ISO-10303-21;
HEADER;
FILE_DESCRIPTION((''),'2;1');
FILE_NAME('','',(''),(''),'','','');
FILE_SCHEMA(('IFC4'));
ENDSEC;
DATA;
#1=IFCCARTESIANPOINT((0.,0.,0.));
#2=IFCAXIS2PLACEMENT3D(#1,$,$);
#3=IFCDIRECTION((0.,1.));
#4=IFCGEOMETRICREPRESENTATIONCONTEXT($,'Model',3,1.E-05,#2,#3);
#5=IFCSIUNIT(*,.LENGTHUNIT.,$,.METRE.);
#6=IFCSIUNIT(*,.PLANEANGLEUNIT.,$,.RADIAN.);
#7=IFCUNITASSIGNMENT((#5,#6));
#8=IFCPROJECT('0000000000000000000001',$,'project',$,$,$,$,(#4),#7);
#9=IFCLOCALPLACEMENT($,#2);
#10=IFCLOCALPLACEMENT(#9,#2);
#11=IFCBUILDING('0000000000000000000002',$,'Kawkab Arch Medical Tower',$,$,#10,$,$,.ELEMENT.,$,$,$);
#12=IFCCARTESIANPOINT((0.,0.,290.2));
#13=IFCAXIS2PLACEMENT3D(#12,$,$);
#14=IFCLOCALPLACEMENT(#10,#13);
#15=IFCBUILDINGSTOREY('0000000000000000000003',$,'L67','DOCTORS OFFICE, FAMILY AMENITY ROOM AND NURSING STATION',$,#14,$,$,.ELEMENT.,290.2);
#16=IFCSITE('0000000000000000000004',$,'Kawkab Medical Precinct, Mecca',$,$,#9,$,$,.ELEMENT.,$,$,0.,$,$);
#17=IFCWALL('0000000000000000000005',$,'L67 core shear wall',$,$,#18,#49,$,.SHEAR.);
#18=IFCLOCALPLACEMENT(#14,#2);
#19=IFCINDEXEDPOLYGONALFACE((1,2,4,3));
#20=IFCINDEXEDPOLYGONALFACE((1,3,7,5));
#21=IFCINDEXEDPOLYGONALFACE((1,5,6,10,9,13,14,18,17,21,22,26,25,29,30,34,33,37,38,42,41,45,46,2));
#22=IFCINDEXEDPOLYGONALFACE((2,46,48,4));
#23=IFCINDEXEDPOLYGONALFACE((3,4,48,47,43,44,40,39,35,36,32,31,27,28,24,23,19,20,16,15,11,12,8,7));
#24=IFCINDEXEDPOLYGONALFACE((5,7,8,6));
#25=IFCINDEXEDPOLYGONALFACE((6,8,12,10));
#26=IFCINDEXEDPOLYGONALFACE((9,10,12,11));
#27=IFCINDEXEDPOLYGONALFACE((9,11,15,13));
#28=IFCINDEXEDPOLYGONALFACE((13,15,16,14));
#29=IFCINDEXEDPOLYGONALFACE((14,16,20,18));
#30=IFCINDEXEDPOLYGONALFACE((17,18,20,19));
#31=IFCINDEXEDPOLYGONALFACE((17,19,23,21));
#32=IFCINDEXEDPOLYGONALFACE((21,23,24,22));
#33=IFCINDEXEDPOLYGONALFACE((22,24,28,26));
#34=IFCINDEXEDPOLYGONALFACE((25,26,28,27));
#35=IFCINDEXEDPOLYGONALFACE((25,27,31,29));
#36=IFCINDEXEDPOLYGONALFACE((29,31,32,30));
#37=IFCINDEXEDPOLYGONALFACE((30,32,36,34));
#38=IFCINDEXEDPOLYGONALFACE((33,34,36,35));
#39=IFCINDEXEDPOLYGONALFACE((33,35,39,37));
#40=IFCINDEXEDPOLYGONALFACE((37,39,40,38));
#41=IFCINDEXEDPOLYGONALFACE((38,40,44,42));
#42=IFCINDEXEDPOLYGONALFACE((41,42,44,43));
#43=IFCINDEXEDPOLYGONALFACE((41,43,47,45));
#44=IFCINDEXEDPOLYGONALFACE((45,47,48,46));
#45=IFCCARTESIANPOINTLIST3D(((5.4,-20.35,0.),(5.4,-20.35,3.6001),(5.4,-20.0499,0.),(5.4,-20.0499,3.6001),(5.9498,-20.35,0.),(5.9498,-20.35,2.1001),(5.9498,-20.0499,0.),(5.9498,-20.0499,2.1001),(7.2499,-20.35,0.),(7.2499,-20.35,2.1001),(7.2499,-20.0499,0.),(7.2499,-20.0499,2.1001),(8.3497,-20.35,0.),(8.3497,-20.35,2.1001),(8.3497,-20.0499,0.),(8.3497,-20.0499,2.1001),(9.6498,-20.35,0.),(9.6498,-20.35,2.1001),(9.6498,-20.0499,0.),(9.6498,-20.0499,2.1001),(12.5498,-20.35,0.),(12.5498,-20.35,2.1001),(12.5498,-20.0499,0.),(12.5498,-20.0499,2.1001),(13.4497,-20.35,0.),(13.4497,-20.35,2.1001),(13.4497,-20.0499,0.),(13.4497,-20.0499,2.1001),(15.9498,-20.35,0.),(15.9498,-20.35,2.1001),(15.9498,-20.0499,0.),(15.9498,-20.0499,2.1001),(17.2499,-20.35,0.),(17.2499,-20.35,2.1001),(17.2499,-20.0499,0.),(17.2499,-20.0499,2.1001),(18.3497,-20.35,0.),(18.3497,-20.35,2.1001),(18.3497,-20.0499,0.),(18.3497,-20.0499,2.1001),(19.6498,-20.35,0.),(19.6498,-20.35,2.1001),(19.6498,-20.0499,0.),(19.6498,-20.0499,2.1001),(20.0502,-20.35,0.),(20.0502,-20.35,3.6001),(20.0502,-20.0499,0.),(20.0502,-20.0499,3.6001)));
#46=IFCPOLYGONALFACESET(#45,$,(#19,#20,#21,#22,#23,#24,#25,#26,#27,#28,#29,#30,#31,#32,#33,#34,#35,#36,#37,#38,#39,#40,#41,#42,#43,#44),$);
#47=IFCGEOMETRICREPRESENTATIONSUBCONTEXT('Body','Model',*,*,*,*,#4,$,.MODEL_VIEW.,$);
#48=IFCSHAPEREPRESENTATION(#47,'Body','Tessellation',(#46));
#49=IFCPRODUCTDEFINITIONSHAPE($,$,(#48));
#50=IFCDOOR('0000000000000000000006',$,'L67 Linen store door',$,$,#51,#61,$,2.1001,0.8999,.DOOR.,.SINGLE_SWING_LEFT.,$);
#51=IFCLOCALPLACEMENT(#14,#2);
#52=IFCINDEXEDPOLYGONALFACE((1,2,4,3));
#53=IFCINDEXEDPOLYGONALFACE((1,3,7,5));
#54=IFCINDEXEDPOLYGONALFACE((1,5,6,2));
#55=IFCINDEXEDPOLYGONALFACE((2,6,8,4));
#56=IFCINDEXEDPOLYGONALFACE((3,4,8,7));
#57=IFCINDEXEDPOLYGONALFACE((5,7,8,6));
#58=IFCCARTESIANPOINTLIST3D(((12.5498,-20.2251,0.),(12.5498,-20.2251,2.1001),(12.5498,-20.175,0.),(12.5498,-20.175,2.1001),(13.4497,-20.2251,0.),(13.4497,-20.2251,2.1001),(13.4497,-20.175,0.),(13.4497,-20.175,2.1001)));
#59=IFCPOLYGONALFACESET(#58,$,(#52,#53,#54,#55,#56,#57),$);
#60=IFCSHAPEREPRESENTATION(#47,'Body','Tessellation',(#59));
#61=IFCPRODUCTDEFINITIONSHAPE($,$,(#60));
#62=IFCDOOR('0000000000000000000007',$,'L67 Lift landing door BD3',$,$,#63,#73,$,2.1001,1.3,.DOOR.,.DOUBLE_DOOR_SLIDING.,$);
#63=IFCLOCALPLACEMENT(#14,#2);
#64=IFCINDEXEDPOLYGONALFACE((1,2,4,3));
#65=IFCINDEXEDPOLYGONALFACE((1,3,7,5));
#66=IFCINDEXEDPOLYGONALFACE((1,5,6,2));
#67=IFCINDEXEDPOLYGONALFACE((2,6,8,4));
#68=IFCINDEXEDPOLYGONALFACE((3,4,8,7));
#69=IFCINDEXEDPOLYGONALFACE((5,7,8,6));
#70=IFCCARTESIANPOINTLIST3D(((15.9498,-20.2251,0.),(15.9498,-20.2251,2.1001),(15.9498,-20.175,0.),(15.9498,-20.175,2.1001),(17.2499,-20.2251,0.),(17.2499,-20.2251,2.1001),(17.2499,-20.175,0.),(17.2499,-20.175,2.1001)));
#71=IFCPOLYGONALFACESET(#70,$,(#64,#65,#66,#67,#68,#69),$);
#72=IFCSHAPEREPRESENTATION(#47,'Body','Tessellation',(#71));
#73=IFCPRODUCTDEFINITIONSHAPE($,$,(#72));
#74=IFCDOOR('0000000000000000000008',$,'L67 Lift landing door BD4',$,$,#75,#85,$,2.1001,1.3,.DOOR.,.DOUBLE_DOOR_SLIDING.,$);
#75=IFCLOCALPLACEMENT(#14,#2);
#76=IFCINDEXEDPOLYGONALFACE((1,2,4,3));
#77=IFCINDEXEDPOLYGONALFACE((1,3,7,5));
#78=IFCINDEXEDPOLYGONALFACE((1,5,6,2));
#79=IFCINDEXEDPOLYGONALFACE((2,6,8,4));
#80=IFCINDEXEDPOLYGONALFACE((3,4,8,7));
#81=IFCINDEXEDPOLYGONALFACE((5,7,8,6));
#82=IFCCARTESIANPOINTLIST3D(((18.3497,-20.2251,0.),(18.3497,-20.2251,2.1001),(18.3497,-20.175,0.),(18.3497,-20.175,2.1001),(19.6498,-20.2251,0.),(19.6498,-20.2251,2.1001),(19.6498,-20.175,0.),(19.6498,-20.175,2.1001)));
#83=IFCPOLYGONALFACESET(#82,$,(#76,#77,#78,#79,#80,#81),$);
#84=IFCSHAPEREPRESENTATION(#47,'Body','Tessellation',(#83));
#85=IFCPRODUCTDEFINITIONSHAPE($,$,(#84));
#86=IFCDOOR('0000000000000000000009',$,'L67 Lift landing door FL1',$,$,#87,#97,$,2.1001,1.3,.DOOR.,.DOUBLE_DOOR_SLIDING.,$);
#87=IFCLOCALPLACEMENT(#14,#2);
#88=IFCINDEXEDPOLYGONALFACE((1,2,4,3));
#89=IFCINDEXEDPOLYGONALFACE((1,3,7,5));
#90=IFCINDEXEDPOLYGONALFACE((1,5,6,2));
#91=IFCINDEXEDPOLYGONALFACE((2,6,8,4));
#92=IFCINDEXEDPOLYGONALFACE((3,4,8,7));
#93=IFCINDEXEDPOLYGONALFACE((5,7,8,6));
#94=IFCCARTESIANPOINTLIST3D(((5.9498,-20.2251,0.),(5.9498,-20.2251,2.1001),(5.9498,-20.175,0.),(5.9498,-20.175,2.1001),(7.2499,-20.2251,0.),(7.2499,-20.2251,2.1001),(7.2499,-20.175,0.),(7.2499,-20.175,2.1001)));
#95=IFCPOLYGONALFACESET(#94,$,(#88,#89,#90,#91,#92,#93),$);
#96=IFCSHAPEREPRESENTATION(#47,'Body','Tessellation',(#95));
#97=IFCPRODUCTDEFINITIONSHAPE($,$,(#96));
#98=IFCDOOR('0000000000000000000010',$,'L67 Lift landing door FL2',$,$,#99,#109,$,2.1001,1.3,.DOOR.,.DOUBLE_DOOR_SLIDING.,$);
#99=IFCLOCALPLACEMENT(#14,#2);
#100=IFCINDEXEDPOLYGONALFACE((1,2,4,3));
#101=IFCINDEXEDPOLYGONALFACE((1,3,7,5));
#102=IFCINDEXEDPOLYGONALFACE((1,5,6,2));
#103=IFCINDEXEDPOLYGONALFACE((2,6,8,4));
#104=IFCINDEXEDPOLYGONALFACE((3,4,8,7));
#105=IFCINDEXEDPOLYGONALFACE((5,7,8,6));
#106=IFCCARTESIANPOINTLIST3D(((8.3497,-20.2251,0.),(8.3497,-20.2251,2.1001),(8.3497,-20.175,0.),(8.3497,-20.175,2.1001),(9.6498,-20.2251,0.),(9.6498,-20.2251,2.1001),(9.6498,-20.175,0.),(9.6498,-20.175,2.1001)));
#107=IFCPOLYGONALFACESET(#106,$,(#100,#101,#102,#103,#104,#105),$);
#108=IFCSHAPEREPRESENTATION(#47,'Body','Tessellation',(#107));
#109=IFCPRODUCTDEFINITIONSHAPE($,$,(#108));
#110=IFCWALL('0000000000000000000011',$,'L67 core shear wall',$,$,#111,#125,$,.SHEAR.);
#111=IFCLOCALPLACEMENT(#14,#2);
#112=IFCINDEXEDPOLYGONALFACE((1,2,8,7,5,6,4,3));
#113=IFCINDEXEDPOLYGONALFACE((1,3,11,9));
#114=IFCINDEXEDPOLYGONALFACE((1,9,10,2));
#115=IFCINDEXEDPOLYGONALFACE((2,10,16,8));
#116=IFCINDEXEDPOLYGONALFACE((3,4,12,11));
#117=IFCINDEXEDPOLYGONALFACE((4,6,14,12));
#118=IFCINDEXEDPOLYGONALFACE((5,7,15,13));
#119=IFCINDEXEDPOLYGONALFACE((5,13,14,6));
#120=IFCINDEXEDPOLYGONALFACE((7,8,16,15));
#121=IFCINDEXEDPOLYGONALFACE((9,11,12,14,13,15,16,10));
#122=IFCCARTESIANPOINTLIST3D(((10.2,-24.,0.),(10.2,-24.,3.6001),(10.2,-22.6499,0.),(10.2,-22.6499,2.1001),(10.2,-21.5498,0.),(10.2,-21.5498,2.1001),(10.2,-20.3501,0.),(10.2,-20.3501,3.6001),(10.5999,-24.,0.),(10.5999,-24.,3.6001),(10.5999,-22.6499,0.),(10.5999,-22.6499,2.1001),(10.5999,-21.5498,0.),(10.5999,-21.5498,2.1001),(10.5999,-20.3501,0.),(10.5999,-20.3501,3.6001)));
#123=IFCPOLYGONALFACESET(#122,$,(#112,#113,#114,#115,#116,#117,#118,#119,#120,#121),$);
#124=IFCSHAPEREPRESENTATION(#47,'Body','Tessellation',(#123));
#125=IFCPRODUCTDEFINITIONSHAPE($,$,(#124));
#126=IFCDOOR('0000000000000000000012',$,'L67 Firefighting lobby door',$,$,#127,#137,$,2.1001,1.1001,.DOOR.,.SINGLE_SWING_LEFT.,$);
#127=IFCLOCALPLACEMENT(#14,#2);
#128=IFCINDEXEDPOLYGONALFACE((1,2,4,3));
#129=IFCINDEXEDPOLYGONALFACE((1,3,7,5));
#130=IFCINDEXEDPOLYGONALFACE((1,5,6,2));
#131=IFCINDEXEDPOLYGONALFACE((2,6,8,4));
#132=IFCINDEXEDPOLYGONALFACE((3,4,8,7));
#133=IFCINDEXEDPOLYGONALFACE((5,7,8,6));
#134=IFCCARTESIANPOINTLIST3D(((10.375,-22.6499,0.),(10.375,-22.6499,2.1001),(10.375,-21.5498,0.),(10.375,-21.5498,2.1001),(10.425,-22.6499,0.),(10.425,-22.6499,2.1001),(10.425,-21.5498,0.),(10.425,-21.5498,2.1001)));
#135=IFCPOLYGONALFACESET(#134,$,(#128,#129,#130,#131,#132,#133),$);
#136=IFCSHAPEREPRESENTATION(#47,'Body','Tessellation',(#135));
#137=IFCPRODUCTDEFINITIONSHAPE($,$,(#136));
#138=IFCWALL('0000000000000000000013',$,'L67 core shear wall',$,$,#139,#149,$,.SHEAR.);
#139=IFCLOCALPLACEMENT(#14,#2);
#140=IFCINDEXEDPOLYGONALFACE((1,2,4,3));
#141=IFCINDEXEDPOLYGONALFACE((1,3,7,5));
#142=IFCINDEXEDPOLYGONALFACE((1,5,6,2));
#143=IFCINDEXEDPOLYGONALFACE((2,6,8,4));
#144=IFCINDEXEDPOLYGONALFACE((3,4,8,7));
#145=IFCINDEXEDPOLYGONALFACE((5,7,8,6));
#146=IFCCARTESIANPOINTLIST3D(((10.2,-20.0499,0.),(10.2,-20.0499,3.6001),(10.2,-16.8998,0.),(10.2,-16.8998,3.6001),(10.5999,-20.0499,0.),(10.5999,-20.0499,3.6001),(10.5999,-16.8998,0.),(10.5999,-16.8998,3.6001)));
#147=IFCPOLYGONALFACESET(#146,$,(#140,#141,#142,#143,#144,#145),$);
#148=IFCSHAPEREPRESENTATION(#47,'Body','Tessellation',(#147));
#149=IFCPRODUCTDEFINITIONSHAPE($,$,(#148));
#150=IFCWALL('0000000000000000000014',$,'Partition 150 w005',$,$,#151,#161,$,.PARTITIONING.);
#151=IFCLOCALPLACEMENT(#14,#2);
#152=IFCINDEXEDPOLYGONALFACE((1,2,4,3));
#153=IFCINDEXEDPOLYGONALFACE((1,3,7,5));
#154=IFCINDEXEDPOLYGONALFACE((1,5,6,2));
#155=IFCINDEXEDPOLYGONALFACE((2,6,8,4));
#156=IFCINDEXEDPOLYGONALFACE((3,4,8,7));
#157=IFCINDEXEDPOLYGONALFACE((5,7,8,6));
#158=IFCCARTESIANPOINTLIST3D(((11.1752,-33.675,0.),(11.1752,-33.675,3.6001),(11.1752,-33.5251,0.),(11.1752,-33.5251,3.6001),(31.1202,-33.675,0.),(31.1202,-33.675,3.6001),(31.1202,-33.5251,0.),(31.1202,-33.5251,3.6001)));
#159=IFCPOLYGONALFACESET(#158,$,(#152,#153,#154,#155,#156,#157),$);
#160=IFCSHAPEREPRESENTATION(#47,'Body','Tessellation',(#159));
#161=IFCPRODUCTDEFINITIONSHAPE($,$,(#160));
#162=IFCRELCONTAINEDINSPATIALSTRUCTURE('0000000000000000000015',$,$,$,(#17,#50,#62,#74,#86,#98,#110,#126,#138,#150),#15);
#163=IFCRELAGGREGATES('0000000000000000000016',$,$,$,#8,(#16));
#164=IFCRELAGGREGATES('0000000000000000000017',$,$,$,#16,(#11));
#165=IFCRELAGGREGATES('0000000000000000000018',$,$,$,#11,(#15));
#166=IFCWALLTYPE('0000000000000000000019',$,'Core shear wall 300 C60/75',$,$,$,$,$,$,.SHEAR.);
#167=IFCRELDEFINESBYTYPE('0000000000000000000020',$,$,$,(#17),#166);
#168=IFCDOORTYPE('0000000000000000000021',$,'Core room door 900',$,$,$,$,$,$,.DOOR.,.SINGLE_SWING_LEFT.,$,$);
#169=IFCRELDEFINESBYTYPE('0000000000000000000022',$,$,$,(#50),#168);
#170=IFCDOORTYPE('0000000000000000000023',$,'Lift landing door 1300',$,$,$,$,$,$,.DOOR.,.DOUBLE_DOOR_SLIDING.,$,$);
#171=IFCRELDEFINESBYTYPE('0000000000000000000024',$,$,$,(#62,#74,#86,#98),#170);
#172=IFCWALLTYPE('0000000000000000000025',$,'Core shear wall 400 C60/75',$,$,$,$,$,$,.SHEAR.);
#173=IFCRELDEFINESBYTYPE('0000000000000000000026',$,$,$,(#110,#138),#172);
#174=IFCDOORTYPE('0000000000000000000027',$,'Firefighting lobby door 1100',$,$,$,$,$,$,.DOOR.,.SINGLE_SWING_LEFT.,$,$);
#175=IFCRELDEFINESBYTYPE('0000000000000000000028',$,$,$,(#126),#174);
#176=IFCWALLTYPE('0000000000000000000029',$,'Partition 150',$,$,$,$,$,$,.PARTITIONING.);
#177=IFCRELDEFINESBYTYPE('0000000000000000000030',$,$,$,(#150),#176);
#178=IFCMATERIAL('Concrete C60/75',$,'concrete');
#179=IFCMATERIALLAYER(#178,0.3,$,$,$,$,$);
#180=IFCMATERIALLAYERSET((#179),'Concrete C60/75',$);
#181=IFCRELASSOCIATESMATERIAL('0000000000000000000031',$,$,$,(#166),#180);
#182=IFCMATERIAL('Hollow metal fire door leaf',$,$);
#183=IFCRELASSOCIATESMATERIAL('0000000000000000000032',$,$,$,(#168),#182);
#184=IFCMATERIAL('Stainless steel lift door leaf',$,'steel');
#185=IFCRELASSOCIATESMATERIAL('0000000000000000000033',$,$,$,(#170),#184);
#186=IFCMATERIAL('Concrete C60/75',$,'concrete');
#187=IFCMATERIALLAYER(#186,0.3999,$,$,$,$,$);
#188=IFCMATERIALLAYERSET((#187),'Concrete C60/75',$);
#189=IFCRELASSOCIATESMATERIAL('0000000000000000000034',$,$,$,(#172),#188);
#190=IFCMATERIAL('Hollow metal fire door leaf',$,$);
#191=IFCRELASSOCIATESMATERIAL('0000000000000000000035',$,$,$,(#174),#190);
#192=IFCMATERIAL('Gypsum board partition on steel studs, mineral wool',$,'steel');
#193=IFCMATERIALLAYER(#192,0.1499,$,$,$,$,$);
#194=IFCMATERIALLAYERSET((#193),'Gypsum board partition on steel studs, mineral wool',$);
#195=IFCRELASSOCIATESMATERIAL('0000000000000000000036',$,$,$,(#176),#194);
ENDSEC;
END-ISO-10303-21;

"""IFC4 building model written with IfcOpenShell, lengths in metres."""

from ifc_helpers import new_model, si_unit, direction, frame, frame_2d, origin, place, context, subcontext, project, spatial, rectangle, extrude, material, layer, layer_set, type_object, element, fill, save


model = new_model("IFC4")

# Units and contexts
model_context = context("Model", 3, precision=1e-05, world=origin(), true_north=direction((0.0, 1.0)))
body_context = subcontext(model_context, "Body", "Model", "MODEL_VIEW")
ifc_project = project(units=[si_unit("LENGTHUNIT", "METRE"), si_unit("PLANEANGLEUNIT", "RADIAN")], contexts=[model_context])

# Site, building, storey
site_placement = place(None, origin())
site = spatial("IfcSite", under=ifc_project, at=site_placement, Name="Kawkab Medical Precinct, Mecca", CompositionType="ELEMENT", RefElevation=0.0)
building_placement = place(site_placement, origin())
building = spatial("IfcBuilding", under=site, at=building_placement, Name="Kawkab Arch Medical Tower", CompositionType="ELEMENT")
storey_placement = place(building_placement, frame((0.0, 0.0, 290.2)))
storey = spatial("IfcBuildingStorey", under=building, at=storey_placement, Name="L67", Description="DOCTORS OFFICE, FAMILY AMENITY ROOM AND NURSING STATION", CompositionType="ELEMENT", Elevation=290.2)

# Wall, openings, doors
ifc_material_1 = material(Name="Concrete C60/75", Category="concrete")
ifc_layer_1 = layer(ifc_material_1, 0.3)
ifc_layer_set_1 = layer_set([ifc_layer_1], Name="Concrete C60/75")
wall_type_1 = type_object("IfcWallType", Name="Core shear wall 300 C60/75", PredefinedType="SHEAR", material=ifc_layer_set_1)
wall_1_placement = place(storey_placement, frame((5.3999, -20.2, 0.0), z_axis=(0.0, 0.0, 1.0), x_axis=(1.0, 0.0, 0.0)))
wall_1 = element("IfcWall", 1, at=wall_1_placement, inside=storey, type_object=wall_type_1, Name="L67 core shear wall", PredefinedType="SHEAR", context=body_context, shape_type="SweptSolid", body=[
    extrude(rectangle(XDim=14.6501, YDim=0.3, at=frame_2d((7.3252, 0.0))), origin(), (0.0, 0.0, 1.0), 3.6001),
])
opening_1_placement = place(wall_1_placement, frame((10.55, 0.0, 0.0)))
opening_1 = element("IfcOpeningElement", 2, at=opening_1_placement, cuts=wall_1, PredefinedType="OPENING", context=body_context, shape_type="SweptSolid", body=[
    extrude(rectangle(XDim=1.3, YDim=2.1001, at=frame_2d((0.6499, 1.05))), frame((0.0, 0.1599, 0.0), z_axis=(0.0, -1.0, 0.0), x_axis=(1.0, 0.0, 0.0)), (0.0, 0.0, 1.0), 0.3201),
])
opening_2_placement = place(wall_1_placement, frame((12.95, 0.0, 0.0)))
opening_2 = element("IfcOpeningElement", 3, at=opening_2_placement, cuts=wall_1, PredefinedType="OPENING", context=body_context, shape_type="SweptSolid", body=[
    extrude(rectangle(XDim=1.3, YDim=2.1001, at=frame_2d((0.6499, 1.05))), frame((0.0, 0.1599, 0.0), z_axis=(0.0, -1.0, 0.0), x_axis=(1.0, 0.0, 0.0)), (0.0, 0.0, 1.0), 0.3201),
])
opening_3_placement = place(wall_1_placement, frame((0.55, 0.0, 0.0)))
opening_3 = element("IfcOpeningElement", 4, at=opening_3_placement, cuts=wall_1, PredefinedType="OPENING", context=body_context, shape_type="SweptSolid", body=[
    extrude(rectangle(XDim=1.3, YDim=2.1001, at=frame_2d((0.6499, 1.05))), frame((0.0, 0.1599, 0.0), z_axis=(0.0, -1.0, 0.0), x_axis=(1.0, 0.0, 0.0)), (0.0, 0.0, 1.0), 0.3201),
])
opening_4_placement = place(wall_1_placement, frame((2.95, 0.0, 0.0)))
opening_4 = element("IfcOpeningElement", 5, at=opening_4_placement, cuts=wall_1, PredefinedType="OPENING", context=body_context, shape_type="SweptSolid", body=[
    extrude(rectangle(XDim=1.3, YDim=2.1001, at=frame_2d((0.6499, 1.05))), frame((0.0, 0.1599, 0.0), z_axis=(0.0, -1.0, 0.0), x_axis=(1.0, 0.0, 0.0)), (0.0, 0.0, 1.0), 0.3201),
])
opening_5_placement = place(wall_1_placement, frame((7.1499, 0.0, 0.0)))
opening_5 = element("IfcOpeningElement", 6, at=opening_5_placement, cuts=wall_1, PredefinedType="OPENING", context=body_context, shape_type="SweptSolid", body=[
    extrude(rectangle(XDim=0.8999, YDim=2.1001, at=frame_2d((0.45, 1.05))), frame((0.0, 0.1599, 0.0), z_axis=(0.0, -1.0, 0.0), x_axis=(1.0, 0.0, 0.0)), (0.0, 0.0, 1.0), 0.3201),
])
ifc_material_2 = material(Name="Hollow metal fire door leaf")
door_type_1 = type_object("IfcDoorType", Name="Core room door 900", OperationType="SINGLE_SWING_LEFT", PredefinedType="DOOR", material=ifc_material_2)
door_1_placement = place(opening_5_placement, origin())
door_1 = element("IfcDoor", 7, at=door_1_placement, inside=storey, type_object=door_type_1, Name="L67 Linen store door", OperationType="SINGLE_SWING_LEFT", OverallHeight=2.1001, OverallWidth=0.8999, PredefinedType="DOOR", context=body_context, shape_type="SweptSolid", body=[
    extrude(rectangle(XDim=0.8999, YDim=2.1001, at=frame_2d((0.45, 1.05))), frame((0.0, 0.0249, 0.0), z_axis=(0.0, -1.0, 0.0), x_axis=(1.0, 0.0, 0.0)), (0.0, 0.0, 1.0), 0.05),
])
fill(opening_5, door_1)
ifc_material_3 = material(Name="Stainless steel lift door leaf", Category="steel")
door_type_2 = type_object("IfcDoorType", Name="Lift landing door 1300", OperationType="DOUBLE_DOOR_SLIDING", PredefinedType="DOOR", material=ifc_material_3)
door_2_placement = place(opening_1_placement, origin())
door_2 = element("IfcDoor", 8, at=door_2_placement, inside=storey, type_object=door_type_2, Name="L67 Lift landing door BD3", OperationType="DOUBLE_DOOR_SLIDING", OverallHeight=2.1001, OverallWidth=1.3, PredefinedType="DOOR", context=body_context, shape_type="SweptSolid", body=[
    extrude(rectangle(XDim=1.3, YDim=2.1001, at=frame_2d((0.6499, 1.05))), frame((0.0, 0.0249, 0.0), z_axis=(0.0, -1.0, 0.0), x_axis=(1.0, 0.0, 0.0)), (0.0, 0.0, 1.0), 0.05),
])
fill(opening_1, door_2)
door_3_placement = place(opening_2_placement, origin())
door_3 = element("IfcDoor", 9, at=door_3_placement, inside=storey, type_object=door_type_2, Name="L67 Lift landing door BD4", OperationType="DOUBLE_DOOR_SLIDING", OverallHeight=2.1001, OverallWidth=1.3, PredefinedType="DOOR", context=body_context, shape_type="SweptSolid", body=[
    extrude(rectangle(XDim=1.3, YDim=2.1001, at=frame_2d((0.6499, 1.05))), frame((0.0, 0.0249, 0.0), z_axis=(0.0, -1.0, 0.0), x_axis=(1.0, 0.0, 0.0)), (0.0, 0.0, 1.0), 0.05),
])
fill(opening_2, door_3)
door_4_placement = place(opening_3_placement, origin())
door_4 = element("IfcDoor", 10, at=door_4_placement, inside=storey, type_object=door_type_2, Name="L67 Lift landing door FL1", OperationType="DOUBLE_DOOR_SLIDING", OverallHeight=2.1001, OverallWidth=1.3, PredefinedType="DOOR", context=body_context, shape_type="SweptSolid", body=[
    extrude(rectangle(XDim=1.3, YDim=2.1001, at=frame_2d((0.6499, 1.05))), frame((0.0, 0.0249, 0.0), z_axis=(0.0, -1.0, 0.0), x_axis=(1.0, 0.0, 0.0)), (0.0, 0.0, 1.0), 0.05),
])
fill(opening_3, door_4)
door_5_placement = place(opening_4_placement, origin())
door_5 = element("IfcDoor", 11, at=door_5_placement, inside=storey, type_object=door_type_2, Name="L67 Lift landing door FL2", OperationType="DOUBLE_DOOR_SLIDING", OverallHeight=2.1001, OverallWidth=1.3, PredefinedType="DOOR", context=body_context, shape_type="SweptSolid", body=[
    extrude(rectangle(XDim=1.3, YDim=2.1001, at=frame_2d((0.6499, 1.05))), frame((0.0, 0.0249, 0.0), z_axis=(0.0, -1.0, 0.0), x_axis=(1.0, 0.0, 0.0)), (0.0, 0.0, 1.0), 0.05),
])
fill(opening_4, door_5)

# Wall, opening, door
ifc_material_4 = material(Name="Concrete C60/75", Category="concrete")
ifc_layer_2 = layer(ifc_material_4, 0.3999)
ifc_layer_set_2 = layer_set([ifc_layer_2], Name="Concrete C60/75")
wall_type_2 = type_object("IfcWallType", Name="Core shear wall 400 C60/75", PredefinedType="SHEAR", material=ifc_layer_set_2)
wall_2_placement = place(storey_placement, frame((10.3999, -24.0, 0.0), z_axis=(0.0, 0.0, 1.0), x_axis=(0.0, 1.0, 0.0)))
wall_2 = element("IfcWall", 12, at=wall_2_placement, inside=storey, type_object=wall_type_2, Name="L67 core shear wall", PredefinedType="SHEAR", context=body_context, shape_type="SweptSolid", body=[
    extrude(rectangle(XDim=3.6499, YDim=0.3999, at=frame_2d((1.825, 0.0))), origin(), (0.0, 0.0, 1.0), 3.6001),
])
opening_6_placement = place(wall_2_placement, frame((1.3501, 0.0, 0.0)))
opening_6 = element("IfcOpeningElement", 13, at=opening_6_placement, cuts=wall_2, PredefinedType="OPENING", context=body_context, shape_type="SweptSolid", body=[
    extrude(rectangle(XDim=1.1001, YDim=2.1001, at=frame_2d((0.55, 1.05))), frame((0.0, 0.21, 0.0), z_axis=(0.0, -1.0, 0.0), x_axis=(1.0, 0.0, 0.0)), (0.0, 0.0, 1.0), 0.4199),
])
ifc_material_5 = material(Name="Hollow metal fire door leaf")
door_type_3 = type_object("IfcDoorType", Name="Firefighting lobby door 1100", OperationType="SINGLE_SWING_LEFT", PredefinedType="DOOR", material=ifc_material_5)
door_6_placement = place(opening_6_placement, origin())
door_6 = element("IfcDoor", 14, at=door_6_placement, inside=storey, type_object=door_type_3, Name="L67 Firefighting lobby door", OperationType="SINGLE_SWING_LEFT", OverallHeight=2.1001, OverallWidth=1.1001, PredefinedType="DOOR", context=body_context, shape_type="SweptSolid", body=[
    extrude(rectangle(XDim=1.1001, YDim=2.1001, at=frame_2d((0.55, 1.05))), frame((0.0, 0.0249, 0.0), z_axis=(0.0, -1.0, 0.0), x_axis=(1.0, 0.0, 0.0)), (0.0, 0.0, 1.0), 0.05),
])
fill(opening_6, door_6)

# Walls
wall_3_placement = place(storey_placement, frame((10.3999, -20.05, 0.0), z_axis=(0.0, 0.0, 1.0), x_axis=(0.0, 1.0, 0.0)))
element("IfcWall", 15, at=wall_3_placement, inside=storey, type_object=wall_type_2, Name="L67 core shear wall", PredefinedType="SHEAR", context=body_context, shape_type="SweptSolid", body=[
    extrude(rectangle(XDim=3.1501, YDim=0.3999, at=frame_2d((1.5752, 0.0))), origin(), (0.0, 0.0, 1.0), 3.6001),
])
ifc_material_6 = material(Name="Gypsum board partition on steel studs, mineral wool", Category="steel")
ifc_layer_3 = layer(ifc_material_6, 0.1499)
ifc_layer_set_3 = layer_set([ifc_layer_3], Name="Gypsum board partition on steel studs, mineral wool")
wall_type_3 = type_object("IfcWallType", Name="Partition 150", PredefinedType="PARTITIONING", material=ifc_layer_set_3)
wall_4_placement = place(storey_placement, frame((11.175, -33.6001, 0.0), z_axis=(0.0, 0.0, 1.0), x_axis=(1.0, 0.0, 0.0)))
element("IfcWall", 16, at=wall_4_placement, inside=storey, type_object=wall_type_3, Name="Partition 150 w005", PredefinedType="PARTITIONING", context=body_context, shape_type="SweptSolid", body=[
    extrude(rectangle(XDim=19.9451, YDim=0.1499, at=frame_2d((9.9727, 0.0))), origin(), (0.0, 0.0, 1.0), 3.6001),
])

save(model, "model.ifc")
